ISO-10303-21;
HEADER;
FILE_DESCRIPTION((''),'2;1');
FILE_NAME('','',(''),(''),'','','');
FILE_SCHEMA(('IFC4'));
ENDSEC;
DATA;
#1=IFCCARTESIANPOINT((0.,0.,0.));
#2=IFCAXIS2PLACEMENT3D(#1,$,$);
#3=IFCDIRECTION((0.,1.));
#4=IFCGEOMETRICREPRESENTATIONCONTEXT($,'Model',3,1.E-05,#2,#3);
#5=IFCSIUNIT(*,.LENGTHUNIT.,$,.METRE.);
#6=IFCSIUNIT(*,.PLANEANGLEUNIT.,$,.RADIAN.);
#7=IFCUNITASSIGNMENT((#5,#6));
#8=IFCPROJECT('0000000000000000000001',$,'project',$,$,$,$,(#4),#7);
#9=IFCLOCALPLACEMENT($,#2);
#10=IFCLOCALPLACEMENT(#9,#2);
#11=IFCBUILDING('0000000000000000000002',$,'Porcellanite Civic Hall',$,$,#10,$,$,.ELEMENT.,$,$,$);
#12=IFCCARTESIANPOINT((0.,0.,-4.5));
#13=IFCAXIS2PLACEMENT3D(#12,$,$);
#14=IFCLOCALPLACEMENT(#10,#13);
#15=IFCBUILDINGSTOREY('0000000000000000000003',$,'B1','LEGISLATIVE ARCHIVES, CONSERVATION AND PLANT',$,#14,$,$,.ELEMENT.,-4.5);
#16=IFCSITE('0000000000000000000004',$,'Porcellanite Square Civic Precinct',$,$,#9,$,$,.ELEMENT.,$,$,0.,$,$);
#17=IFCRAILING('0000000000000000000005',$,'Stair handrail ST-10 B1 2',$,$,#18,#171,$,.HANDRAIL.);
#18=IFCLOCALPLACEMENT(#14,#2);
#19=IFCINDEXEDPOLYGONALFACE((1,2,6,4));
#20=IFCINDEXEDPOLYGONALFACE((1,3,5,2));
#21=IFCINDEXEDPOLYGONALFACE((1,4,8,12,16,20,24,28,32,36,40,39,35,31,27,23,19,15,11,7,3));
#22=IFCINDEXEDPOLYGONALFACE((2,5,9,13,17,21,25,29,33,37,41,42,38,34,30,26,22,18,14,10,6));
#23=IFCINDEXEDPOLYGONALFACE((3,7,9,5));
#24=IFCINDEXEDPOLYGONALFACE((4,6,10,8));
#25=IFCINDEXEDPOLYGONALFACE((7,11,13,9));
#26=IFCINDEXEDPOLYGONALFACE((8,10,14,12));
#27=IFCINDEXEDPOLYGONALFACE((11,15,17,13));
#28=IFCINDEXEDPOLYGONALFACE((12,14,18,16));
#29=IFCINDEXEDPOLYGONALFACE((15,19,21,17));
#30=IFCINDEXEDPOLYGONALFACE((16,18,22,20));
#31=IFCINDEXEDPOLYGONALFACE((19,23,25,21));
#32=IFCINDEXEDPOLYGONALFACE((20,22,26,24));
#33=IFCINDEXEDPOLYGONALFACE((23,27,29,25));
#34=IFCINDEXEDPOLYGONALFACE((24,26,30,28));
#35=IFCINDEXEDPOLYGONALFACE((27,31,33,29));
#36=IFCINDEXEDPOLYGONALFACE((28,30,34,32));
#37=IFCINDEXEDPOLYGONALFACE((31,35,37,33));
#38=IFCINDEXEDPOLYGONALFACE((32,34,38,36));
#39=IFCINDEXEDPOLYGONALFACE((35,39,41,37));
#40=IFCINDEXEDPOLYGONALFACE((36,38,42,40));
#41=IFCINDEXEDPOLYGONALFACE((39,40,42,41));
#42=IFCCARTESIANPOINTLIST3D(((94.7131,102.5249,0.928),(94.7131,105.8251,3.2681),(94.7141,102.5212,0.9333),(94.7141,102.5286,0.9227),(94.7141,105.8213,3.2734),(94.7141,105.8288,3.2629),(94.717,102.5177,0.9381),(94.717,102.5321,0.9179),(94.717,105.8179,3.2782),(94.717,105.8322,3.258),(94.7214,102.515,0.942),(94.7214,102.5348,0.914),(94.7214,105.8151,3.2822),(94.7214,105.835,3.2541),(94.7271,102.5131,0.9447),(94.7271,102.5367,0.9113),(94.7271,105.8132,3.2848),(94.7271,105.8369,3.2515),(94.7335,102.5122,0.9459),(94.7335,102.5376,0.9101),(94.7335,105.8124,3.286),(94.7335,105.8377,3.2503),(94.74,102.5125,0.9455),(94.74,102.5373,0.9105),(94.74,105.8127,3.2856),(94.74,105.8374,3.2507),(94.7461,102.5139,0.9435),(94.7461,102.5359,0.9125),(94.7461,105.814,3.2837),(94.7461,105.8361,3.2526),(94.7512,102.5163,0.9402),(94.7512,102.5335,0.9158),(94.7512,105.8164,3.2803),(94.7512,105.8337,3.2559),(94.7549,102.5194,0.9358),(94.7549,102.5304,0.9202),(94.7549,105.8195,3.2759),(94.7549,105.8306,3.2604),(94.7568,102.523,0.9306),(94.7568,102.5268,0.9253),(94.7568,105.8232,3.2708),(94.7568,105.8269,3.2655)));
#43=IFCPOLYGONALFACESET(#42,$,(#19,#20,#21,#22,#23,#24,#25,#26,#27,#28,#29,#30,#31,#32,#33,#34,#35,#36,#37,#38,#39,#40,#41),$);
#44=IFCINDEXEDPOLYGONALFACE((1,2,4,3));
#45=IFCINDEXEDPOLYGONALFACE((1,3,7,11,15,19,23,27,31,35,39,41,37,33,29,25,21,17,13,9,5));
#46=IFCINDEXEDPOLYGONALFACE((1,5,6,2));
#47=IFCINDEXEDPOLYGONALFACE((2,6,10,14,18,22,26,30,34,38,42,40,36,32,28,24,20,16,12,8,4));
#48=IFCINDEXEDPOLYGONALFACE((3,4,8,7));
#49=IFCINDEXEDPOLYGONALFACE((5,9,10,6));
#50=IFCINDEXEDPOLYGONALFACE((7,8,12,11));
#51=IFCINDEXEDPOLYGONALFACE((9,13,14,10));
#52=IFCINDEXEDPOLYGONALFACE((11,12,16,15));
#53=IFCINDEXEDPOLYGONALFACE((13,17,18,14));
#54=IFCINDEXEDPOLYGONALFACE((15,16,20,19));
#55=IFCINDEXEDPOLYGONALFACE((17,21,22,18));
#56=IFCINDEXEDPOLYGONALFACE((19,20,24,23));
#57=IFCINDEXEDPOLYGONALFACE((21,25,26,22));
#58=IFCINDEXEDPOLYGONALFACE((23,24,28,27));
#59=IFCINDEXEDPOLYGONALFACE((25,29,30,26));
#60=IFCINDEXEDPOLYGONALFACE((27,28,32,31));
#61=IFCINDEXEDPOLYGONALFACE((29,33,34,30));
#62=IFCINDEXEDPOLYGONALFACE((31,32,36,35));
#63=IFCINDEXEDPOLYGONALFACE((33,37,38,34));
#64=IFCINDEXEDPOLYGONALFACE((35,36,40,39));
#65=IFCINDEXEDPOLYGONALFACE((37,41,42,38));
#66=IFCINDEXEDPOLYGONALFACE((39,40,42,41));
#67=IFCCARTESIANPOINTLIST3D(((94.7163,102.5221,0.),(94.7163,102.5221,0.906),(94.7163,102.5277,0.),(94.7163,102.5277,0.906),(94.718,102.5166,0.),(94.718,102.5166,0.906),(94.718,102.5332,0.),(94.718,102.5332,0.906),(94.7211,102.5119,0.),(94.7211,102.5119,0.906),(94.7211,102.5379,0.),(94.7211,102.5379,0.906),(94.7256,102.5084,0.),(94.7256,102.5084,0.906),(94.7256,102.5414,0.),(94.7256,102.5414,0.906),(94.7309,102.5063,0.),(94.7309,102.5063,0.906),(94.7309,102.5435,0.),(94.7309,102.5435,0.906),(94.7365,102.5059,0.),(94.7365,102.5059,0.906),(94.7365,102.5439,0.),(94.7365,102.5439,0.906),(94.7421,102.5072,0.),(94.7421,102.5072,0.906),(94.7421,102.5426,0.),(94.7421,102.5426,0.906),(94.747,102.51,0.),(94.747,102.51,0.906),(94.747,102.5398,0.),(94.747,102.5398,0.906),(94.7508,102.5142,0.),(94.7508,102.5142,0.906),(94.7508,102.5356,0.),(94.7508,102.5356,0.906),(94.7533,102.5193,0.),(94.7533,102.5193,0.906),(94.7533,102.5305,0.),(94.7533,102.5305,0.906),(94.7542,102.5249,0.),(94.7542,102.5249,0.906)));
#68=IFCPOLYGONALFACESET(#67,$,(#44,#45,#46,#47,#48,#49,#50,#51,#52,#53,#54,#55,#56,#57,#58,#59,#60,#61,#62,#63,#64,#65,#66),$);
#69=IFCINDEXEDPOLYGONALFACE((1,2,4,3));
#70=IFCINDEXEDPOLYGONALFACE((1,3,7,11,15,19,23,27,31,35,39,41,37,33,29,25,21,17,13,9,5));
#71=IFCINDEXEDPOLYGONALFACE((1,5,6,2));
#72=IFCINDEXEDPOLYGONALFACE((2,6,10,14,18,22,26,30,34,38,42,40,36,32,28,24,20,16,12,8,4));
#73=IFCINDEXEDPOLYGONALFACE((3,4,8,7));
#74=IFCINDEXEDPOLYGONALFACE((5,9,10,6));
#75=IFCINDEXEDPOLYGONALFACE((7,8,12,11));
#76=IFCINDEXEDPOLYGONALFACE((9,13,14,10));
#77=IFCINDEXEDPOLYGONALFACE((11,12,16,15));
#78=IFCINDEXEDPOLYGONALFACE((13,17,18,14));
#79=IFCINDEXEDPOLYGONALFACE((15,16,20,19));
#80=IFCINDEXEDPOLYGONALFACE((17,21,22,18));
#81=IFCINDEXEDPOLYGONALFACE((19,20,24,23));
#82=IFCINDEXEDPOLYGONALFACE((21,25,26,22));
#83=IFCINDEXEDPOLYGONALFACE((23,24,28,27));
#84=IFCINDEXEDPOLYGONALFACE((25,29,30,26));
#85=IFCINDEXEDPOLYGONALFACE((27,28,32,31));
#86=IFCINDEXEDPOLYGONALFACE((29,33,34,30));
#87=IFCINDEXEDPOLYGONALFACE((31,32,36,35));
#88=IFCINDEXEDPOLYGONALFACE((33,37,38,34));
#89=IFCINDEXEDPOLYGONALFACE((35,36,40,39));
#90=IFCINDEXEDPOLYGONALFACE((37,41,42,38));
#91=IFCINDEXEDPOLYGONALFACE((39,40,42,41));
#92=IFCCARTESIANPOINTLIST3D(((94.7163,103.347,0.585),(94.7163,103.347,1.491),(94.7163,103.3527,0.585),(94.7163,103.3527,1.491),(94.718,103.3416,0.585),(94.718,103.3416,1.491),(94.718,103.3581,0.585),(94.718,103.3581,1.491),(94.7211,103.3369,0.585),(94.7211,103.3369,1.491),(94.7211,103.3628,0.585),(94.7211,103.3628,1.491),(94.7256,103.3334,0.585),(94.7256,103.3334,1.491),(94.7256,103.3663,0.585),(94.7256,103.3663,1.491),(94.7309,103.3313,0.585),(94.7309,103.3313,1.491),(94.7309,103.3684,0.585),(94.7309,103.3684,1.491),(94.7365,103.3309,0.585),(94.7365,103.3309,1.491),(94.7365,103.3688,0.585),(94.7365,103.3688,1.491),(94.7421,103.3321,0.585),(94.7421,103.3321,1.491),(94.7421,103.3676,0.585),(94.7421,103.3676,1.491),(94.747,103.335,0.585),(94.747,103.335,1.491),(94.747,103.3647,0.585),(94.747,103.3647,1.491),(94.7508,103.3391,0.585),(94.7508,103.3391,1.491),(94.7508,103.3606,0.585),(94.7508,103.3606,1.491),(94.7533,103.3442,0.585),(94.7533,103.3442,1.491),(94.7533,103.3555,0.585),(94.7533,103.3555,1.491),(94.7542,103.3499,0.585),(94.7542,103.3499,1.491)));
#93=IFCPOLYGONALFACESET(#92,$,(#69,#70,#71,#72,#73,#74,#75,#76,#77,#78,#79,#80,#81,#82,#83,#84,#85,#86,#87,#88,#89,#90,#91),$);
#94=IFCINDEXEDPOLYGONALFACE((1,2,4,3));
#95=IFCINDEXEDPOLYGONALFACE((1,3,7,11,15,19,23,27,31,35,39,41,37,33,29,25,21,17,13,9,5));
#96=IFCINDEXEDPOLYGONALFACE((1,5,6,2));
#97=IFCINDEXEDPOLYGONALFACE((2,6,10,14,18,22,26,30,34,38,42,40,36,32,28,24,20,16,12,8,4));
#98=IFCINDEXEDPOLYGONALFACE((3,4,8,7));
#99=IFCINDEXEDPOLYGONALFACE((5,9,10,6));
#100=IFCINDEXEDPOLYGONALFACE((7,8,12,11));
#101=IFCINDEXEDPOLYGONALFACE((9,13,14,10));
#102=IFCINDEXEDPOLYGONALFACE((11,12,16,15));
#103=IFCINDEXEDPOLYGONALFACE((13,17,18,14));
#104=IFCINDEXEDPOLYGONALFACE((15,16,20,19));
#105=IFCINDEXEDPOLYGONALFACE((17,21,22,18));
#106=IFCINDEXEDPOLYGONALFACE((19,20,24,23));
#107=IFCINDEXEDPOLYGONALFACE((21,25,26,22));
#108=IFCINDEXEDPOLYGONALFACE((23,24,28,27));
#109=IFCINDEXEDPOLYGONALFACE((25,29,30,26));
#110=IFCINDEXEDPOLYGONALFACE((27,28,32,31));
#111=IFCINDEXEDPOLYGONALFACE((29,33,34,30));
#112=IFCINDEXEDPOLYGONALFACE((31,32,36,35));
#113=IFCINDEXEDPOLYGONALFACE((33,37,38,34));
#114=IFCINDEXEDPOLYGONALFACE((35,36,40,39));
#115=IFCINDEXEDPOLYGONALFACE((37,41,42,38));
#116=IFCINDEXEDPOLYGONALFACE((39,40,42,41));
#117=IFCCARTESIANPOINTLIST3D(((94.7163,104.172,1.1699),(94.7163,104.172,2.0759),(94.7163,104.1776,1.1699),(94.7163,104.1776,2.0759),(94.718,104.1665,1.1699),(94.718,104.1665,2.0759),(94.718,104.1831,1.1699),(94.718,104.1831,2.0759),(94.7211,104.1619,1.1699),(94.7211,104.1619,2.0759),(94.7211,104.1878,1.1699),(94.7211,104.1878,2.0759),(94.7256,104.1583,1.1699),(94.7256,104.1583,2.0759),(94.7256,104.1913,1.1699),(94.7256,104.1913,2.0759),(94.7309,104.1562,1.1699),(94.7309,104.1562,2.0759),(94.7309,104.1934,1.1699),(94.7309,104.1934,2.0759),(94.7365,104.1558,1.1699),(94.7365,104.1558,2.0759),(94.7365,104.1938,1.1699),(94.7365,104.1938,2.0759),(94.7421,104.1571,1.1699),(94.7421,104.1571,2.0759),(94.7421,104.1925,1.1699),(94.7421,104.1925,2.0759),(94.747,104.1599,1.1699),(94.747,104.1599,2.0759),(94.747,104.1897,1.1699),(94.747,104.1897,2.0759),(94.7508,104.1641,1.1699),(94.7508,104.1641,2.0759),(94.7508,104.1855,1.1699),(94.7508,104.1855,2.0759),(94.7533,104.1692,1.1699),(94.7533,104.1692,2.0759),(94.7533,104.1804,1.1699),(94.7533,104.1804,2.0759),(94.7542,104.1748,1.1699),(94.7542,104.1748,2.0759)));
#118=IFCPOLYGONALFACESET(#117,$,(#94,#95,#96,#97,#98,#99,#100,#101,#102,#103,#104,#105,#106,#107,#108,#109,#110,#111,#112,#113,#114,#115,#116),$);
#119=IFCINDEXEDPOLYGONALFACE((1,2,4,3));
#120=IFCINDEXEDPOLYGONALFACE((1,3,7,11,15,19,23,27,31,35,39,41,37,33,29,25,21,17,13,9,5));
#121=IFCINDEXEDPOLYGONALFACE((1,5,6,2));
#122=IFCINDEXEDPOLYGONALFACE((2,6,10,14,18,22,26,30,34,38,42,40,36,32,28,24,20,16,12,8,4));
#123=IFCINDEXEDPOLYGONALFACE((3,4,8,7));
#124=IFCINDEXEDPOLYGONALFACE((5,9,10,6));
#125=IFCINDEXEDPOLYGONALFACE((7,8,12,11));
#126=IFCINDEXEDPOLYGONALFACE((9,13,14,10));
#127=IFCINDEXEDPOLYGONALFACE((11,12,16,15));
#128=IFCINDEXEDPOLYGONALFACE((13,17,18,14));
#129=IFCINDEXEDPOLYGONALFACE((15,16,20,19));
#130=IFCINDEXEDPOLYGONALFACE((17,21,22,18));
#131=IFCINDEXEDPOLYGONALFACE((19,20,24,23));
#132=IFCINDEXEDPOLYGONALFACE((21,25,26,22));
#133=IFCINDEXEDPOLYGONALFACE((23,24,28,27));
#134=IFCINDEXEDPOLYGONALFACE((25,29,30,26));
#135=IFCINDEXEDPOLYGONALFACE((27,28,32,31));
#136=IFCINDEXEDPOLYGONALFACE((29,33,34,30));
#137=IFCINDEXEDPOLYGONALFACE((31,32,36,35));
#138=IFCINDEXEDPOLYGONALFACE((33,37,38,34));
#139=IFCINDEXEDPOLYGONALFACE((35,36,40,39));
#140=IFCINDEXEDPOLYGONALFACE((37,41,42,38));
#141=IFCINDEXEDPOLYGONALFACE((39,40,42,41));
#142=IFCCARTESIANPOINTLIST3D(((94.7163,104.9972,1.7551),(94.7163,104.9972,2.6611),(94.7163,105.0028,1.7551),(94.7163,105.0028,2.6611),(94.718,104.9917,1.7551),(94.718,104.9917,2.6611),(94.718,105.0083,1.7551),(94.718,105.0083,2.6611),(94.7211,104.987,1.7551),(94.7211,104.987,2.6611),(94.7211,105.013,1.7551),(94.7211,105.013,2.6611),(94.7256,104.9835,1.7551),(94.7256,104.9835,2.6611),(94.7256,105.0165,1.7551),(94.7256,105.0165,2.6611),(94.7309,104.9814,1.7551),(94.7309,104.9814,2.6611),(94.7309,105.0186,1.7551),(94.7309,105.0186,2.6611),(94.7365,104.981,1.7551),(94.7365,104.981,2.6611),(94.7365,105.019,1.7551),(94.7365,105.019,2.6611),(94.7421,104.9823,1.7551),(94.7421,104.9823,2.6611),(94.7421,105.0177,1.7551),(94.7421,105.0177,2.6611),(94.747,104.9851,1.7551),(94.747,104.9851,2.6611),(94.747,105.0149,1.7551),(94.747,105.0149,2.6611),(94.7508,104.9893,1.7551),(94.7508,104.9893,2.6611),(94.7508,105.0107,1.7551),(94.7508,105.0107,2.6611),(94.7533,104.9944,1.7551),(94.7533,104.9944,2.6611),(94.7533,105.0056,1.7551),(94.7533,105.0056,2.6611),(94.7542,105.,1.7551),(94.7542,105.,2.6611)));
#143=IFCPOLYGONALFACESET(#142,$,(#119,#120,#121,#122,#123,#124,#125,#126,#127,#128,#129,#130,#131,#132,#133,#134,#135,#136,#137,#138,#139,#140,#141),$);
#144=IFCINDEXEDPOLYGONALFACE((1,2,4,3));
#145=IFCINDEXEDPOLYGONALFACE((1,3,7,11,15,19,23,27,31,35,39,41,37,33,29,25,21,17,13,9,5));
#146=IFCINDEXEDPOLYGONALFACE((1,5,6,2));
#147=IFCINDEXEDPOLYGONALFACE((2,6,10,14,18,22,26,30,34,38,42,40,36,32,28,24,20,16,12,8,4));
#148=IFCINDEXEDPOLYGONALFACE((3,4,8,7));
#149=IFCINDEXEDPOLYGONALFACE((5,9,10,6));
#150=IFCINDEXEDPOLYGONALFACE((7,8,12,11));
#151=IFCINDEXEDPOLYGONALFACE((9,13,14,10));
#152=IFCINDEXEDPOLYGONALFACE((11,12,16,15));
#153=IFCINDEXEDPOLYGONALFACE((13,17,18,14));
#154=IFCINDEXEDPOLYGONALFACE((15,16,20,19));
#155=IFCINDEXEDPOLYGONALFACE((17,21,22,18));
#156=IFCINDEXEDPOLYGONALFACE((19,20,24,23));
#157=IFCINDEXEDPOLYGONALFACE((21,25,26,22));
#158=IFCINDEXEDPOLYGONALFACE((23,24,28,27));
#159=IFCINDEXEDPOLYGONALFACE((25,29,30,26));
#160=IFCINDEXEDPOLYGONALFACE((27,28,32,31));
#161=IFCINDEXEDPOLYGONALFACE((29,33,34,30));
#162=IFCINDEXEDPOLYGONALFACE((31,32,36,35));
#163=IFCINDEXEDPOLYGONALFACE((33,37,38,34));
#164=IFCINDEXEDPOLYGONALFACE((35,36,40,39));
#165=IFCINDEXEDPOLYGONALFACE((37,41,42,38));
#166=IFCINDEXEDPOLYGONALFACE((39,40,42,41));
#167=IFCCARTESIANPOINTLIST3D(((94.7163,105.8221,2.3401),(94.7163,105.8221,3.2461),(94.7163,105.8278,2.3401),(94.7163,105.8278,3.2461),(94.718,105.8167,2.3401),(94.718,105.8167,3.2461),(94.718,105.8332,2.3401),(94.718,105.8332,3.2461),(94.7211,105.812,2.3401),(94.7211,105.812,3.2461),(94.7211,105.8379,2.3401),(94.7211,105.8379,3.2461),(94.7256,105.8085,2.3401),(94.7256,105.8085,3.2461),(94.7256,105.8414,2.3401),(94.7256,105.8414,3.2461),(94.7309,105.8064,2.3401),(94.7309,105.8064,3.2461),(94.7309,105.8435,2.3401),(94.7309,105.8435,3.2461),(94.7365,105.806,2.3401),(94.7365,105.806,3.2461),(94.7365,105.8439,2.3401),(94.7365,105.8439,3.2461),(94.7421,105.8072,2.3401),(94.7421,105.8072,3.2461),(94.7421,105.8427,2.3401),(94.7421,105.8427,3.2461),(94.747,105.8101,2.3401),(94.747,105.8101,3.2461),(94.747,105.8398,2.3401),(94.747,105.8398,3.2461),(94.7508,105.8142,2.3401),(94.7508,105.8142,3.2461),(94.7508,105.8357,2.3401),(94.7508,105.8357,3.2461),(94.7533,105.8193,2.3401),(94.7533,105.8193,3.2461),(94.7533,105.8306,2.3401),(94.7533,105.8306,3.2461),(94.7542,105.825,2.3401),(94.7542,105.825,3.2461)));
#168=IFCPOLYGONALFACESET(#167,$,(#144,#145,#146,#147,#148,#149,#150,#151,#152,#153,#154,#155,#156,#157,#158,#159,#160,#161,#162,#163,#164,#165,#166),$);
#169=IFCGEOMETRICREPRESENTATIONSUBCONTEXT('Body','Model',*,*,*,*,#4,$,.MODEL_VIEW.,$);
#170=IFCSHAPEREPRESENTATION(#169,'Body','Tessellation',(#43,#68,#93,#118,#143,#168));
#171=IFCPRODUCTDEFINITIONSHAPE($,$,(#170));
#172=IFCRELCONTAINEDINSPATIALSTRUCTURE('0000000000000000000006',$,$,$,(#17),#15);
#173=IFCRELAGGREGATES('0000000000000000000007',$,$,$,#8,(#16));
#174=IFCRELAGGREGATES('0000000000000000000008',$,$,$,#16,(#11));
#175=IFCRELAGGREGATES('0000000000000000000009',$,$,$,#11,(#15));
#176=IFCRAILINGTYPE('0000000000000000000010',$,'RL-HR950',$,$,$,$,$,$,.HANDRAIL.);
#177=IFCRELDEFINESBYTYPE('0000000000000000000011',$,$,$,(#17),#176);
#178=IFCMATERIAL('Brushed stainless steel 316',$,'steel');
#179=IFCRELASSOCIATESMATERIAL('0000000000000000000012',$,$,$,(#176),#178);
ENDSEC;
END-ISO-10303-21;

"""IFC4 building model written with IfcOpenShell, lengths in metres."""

from ifc_helpers import new_model, si_unit, direction, frame, origin, origin_2d, place, context, subcontext, project, spatial, circle, extrude, material, type_object, element, save


model = new_model("IFC4")

# Units and contexts
model_context = context("Model", 3, precision=1e-05, world=origin(), true_north=direction((0.0, 1.0)))
body_context = subcontext(model_context, "Body", "Model", "MODEL_VIEW")
ifc_project = project(units=[si_unit("LENGTHUNIT", "METRE"), si_unit("PLANEANGLEUNIT", "RADIAN")], contexts=[model_context])

# Site, building, storey
site_placement = place(None, origin())
site = spatial("IfcSite", under=ifc_project, at=site_placement, Name="Porcellanite Square Civic Precinct", CompositionType="ELEMENT", RefElevation=0.0)
building_placement = place(site_placement, origin())
building = spatial("IfcBuilding", under=site, at=building_placement, Name="Porcellanite Civic Hall", CompositionType="ELEMENT")
storey_placement = place(building_placement, frame((0.0, 0.0, -4.5)))
storey = spatial("IfcBuildingStorey", under=building, at=storey_placement, Name="B1", Description="LEGISLATIVE ARCHIVES, CONSERVATION AND PLANT", CompositionType="ELEMENT", Elevation=-4.5)

# Railing
ifc_material_1 = material(Name="Brushed stainless steel 316", Category="steel")
railing_type_1 = type_object("IfcRailingType", Name="RL-HR950", PredefinedType="HANDRAIL", material=ifc_material_1)
railing_1_placement = place(storey_placement, frame((94.7351, 102.5249, 0.0)))
element("IfcRailing", 1, at=railing_1_placement, inside=storey, type_object=railing_type_1, Name="Stair handrail ST-10 B1 2", PredefinedType="HANDRAIL", context=body_context, shape_type="SweptSolid", body=[
    extrude(circle(Radius=0.022, at=origin_2d()), frame((0.0, 0.0, 0.928), z_axis=(0.0, 0.815727, 0.578438), x_axis=(-1.0, 0.0, 0.0)), (0.0, 0.0, 1.0), 4.0457),
    extrude(circle(Radius=0.019, at=origin_2d()), origin(), (0.0, 0.0, 1.0), 0.906),
    extrude(circle(Radius=0.019, at=origin_2d()), frame((0.0, 0.825, 0.585)), (0.0, 0.0, 1.0), 0.906),
    extrude(circle(Radius=0.019, at=origin_2d()), frame((0.0, 1.6499, 1.1699)), (0.0, 0.0, 1.0), 0.906),
    extrude(circle(Radius=0.019, at=origin_2d()), frame((0.0, 2.4751, 1.7551)), (0.0, 0.0, 1.0), 0.906),
    extrude(circle(Radius=0.019, at=origin_2d()), frame((0.0, 3.3, 2.3401)), (0.0, 0.0, 1.0), 0.906),
])

save(model, "model.ifc")
